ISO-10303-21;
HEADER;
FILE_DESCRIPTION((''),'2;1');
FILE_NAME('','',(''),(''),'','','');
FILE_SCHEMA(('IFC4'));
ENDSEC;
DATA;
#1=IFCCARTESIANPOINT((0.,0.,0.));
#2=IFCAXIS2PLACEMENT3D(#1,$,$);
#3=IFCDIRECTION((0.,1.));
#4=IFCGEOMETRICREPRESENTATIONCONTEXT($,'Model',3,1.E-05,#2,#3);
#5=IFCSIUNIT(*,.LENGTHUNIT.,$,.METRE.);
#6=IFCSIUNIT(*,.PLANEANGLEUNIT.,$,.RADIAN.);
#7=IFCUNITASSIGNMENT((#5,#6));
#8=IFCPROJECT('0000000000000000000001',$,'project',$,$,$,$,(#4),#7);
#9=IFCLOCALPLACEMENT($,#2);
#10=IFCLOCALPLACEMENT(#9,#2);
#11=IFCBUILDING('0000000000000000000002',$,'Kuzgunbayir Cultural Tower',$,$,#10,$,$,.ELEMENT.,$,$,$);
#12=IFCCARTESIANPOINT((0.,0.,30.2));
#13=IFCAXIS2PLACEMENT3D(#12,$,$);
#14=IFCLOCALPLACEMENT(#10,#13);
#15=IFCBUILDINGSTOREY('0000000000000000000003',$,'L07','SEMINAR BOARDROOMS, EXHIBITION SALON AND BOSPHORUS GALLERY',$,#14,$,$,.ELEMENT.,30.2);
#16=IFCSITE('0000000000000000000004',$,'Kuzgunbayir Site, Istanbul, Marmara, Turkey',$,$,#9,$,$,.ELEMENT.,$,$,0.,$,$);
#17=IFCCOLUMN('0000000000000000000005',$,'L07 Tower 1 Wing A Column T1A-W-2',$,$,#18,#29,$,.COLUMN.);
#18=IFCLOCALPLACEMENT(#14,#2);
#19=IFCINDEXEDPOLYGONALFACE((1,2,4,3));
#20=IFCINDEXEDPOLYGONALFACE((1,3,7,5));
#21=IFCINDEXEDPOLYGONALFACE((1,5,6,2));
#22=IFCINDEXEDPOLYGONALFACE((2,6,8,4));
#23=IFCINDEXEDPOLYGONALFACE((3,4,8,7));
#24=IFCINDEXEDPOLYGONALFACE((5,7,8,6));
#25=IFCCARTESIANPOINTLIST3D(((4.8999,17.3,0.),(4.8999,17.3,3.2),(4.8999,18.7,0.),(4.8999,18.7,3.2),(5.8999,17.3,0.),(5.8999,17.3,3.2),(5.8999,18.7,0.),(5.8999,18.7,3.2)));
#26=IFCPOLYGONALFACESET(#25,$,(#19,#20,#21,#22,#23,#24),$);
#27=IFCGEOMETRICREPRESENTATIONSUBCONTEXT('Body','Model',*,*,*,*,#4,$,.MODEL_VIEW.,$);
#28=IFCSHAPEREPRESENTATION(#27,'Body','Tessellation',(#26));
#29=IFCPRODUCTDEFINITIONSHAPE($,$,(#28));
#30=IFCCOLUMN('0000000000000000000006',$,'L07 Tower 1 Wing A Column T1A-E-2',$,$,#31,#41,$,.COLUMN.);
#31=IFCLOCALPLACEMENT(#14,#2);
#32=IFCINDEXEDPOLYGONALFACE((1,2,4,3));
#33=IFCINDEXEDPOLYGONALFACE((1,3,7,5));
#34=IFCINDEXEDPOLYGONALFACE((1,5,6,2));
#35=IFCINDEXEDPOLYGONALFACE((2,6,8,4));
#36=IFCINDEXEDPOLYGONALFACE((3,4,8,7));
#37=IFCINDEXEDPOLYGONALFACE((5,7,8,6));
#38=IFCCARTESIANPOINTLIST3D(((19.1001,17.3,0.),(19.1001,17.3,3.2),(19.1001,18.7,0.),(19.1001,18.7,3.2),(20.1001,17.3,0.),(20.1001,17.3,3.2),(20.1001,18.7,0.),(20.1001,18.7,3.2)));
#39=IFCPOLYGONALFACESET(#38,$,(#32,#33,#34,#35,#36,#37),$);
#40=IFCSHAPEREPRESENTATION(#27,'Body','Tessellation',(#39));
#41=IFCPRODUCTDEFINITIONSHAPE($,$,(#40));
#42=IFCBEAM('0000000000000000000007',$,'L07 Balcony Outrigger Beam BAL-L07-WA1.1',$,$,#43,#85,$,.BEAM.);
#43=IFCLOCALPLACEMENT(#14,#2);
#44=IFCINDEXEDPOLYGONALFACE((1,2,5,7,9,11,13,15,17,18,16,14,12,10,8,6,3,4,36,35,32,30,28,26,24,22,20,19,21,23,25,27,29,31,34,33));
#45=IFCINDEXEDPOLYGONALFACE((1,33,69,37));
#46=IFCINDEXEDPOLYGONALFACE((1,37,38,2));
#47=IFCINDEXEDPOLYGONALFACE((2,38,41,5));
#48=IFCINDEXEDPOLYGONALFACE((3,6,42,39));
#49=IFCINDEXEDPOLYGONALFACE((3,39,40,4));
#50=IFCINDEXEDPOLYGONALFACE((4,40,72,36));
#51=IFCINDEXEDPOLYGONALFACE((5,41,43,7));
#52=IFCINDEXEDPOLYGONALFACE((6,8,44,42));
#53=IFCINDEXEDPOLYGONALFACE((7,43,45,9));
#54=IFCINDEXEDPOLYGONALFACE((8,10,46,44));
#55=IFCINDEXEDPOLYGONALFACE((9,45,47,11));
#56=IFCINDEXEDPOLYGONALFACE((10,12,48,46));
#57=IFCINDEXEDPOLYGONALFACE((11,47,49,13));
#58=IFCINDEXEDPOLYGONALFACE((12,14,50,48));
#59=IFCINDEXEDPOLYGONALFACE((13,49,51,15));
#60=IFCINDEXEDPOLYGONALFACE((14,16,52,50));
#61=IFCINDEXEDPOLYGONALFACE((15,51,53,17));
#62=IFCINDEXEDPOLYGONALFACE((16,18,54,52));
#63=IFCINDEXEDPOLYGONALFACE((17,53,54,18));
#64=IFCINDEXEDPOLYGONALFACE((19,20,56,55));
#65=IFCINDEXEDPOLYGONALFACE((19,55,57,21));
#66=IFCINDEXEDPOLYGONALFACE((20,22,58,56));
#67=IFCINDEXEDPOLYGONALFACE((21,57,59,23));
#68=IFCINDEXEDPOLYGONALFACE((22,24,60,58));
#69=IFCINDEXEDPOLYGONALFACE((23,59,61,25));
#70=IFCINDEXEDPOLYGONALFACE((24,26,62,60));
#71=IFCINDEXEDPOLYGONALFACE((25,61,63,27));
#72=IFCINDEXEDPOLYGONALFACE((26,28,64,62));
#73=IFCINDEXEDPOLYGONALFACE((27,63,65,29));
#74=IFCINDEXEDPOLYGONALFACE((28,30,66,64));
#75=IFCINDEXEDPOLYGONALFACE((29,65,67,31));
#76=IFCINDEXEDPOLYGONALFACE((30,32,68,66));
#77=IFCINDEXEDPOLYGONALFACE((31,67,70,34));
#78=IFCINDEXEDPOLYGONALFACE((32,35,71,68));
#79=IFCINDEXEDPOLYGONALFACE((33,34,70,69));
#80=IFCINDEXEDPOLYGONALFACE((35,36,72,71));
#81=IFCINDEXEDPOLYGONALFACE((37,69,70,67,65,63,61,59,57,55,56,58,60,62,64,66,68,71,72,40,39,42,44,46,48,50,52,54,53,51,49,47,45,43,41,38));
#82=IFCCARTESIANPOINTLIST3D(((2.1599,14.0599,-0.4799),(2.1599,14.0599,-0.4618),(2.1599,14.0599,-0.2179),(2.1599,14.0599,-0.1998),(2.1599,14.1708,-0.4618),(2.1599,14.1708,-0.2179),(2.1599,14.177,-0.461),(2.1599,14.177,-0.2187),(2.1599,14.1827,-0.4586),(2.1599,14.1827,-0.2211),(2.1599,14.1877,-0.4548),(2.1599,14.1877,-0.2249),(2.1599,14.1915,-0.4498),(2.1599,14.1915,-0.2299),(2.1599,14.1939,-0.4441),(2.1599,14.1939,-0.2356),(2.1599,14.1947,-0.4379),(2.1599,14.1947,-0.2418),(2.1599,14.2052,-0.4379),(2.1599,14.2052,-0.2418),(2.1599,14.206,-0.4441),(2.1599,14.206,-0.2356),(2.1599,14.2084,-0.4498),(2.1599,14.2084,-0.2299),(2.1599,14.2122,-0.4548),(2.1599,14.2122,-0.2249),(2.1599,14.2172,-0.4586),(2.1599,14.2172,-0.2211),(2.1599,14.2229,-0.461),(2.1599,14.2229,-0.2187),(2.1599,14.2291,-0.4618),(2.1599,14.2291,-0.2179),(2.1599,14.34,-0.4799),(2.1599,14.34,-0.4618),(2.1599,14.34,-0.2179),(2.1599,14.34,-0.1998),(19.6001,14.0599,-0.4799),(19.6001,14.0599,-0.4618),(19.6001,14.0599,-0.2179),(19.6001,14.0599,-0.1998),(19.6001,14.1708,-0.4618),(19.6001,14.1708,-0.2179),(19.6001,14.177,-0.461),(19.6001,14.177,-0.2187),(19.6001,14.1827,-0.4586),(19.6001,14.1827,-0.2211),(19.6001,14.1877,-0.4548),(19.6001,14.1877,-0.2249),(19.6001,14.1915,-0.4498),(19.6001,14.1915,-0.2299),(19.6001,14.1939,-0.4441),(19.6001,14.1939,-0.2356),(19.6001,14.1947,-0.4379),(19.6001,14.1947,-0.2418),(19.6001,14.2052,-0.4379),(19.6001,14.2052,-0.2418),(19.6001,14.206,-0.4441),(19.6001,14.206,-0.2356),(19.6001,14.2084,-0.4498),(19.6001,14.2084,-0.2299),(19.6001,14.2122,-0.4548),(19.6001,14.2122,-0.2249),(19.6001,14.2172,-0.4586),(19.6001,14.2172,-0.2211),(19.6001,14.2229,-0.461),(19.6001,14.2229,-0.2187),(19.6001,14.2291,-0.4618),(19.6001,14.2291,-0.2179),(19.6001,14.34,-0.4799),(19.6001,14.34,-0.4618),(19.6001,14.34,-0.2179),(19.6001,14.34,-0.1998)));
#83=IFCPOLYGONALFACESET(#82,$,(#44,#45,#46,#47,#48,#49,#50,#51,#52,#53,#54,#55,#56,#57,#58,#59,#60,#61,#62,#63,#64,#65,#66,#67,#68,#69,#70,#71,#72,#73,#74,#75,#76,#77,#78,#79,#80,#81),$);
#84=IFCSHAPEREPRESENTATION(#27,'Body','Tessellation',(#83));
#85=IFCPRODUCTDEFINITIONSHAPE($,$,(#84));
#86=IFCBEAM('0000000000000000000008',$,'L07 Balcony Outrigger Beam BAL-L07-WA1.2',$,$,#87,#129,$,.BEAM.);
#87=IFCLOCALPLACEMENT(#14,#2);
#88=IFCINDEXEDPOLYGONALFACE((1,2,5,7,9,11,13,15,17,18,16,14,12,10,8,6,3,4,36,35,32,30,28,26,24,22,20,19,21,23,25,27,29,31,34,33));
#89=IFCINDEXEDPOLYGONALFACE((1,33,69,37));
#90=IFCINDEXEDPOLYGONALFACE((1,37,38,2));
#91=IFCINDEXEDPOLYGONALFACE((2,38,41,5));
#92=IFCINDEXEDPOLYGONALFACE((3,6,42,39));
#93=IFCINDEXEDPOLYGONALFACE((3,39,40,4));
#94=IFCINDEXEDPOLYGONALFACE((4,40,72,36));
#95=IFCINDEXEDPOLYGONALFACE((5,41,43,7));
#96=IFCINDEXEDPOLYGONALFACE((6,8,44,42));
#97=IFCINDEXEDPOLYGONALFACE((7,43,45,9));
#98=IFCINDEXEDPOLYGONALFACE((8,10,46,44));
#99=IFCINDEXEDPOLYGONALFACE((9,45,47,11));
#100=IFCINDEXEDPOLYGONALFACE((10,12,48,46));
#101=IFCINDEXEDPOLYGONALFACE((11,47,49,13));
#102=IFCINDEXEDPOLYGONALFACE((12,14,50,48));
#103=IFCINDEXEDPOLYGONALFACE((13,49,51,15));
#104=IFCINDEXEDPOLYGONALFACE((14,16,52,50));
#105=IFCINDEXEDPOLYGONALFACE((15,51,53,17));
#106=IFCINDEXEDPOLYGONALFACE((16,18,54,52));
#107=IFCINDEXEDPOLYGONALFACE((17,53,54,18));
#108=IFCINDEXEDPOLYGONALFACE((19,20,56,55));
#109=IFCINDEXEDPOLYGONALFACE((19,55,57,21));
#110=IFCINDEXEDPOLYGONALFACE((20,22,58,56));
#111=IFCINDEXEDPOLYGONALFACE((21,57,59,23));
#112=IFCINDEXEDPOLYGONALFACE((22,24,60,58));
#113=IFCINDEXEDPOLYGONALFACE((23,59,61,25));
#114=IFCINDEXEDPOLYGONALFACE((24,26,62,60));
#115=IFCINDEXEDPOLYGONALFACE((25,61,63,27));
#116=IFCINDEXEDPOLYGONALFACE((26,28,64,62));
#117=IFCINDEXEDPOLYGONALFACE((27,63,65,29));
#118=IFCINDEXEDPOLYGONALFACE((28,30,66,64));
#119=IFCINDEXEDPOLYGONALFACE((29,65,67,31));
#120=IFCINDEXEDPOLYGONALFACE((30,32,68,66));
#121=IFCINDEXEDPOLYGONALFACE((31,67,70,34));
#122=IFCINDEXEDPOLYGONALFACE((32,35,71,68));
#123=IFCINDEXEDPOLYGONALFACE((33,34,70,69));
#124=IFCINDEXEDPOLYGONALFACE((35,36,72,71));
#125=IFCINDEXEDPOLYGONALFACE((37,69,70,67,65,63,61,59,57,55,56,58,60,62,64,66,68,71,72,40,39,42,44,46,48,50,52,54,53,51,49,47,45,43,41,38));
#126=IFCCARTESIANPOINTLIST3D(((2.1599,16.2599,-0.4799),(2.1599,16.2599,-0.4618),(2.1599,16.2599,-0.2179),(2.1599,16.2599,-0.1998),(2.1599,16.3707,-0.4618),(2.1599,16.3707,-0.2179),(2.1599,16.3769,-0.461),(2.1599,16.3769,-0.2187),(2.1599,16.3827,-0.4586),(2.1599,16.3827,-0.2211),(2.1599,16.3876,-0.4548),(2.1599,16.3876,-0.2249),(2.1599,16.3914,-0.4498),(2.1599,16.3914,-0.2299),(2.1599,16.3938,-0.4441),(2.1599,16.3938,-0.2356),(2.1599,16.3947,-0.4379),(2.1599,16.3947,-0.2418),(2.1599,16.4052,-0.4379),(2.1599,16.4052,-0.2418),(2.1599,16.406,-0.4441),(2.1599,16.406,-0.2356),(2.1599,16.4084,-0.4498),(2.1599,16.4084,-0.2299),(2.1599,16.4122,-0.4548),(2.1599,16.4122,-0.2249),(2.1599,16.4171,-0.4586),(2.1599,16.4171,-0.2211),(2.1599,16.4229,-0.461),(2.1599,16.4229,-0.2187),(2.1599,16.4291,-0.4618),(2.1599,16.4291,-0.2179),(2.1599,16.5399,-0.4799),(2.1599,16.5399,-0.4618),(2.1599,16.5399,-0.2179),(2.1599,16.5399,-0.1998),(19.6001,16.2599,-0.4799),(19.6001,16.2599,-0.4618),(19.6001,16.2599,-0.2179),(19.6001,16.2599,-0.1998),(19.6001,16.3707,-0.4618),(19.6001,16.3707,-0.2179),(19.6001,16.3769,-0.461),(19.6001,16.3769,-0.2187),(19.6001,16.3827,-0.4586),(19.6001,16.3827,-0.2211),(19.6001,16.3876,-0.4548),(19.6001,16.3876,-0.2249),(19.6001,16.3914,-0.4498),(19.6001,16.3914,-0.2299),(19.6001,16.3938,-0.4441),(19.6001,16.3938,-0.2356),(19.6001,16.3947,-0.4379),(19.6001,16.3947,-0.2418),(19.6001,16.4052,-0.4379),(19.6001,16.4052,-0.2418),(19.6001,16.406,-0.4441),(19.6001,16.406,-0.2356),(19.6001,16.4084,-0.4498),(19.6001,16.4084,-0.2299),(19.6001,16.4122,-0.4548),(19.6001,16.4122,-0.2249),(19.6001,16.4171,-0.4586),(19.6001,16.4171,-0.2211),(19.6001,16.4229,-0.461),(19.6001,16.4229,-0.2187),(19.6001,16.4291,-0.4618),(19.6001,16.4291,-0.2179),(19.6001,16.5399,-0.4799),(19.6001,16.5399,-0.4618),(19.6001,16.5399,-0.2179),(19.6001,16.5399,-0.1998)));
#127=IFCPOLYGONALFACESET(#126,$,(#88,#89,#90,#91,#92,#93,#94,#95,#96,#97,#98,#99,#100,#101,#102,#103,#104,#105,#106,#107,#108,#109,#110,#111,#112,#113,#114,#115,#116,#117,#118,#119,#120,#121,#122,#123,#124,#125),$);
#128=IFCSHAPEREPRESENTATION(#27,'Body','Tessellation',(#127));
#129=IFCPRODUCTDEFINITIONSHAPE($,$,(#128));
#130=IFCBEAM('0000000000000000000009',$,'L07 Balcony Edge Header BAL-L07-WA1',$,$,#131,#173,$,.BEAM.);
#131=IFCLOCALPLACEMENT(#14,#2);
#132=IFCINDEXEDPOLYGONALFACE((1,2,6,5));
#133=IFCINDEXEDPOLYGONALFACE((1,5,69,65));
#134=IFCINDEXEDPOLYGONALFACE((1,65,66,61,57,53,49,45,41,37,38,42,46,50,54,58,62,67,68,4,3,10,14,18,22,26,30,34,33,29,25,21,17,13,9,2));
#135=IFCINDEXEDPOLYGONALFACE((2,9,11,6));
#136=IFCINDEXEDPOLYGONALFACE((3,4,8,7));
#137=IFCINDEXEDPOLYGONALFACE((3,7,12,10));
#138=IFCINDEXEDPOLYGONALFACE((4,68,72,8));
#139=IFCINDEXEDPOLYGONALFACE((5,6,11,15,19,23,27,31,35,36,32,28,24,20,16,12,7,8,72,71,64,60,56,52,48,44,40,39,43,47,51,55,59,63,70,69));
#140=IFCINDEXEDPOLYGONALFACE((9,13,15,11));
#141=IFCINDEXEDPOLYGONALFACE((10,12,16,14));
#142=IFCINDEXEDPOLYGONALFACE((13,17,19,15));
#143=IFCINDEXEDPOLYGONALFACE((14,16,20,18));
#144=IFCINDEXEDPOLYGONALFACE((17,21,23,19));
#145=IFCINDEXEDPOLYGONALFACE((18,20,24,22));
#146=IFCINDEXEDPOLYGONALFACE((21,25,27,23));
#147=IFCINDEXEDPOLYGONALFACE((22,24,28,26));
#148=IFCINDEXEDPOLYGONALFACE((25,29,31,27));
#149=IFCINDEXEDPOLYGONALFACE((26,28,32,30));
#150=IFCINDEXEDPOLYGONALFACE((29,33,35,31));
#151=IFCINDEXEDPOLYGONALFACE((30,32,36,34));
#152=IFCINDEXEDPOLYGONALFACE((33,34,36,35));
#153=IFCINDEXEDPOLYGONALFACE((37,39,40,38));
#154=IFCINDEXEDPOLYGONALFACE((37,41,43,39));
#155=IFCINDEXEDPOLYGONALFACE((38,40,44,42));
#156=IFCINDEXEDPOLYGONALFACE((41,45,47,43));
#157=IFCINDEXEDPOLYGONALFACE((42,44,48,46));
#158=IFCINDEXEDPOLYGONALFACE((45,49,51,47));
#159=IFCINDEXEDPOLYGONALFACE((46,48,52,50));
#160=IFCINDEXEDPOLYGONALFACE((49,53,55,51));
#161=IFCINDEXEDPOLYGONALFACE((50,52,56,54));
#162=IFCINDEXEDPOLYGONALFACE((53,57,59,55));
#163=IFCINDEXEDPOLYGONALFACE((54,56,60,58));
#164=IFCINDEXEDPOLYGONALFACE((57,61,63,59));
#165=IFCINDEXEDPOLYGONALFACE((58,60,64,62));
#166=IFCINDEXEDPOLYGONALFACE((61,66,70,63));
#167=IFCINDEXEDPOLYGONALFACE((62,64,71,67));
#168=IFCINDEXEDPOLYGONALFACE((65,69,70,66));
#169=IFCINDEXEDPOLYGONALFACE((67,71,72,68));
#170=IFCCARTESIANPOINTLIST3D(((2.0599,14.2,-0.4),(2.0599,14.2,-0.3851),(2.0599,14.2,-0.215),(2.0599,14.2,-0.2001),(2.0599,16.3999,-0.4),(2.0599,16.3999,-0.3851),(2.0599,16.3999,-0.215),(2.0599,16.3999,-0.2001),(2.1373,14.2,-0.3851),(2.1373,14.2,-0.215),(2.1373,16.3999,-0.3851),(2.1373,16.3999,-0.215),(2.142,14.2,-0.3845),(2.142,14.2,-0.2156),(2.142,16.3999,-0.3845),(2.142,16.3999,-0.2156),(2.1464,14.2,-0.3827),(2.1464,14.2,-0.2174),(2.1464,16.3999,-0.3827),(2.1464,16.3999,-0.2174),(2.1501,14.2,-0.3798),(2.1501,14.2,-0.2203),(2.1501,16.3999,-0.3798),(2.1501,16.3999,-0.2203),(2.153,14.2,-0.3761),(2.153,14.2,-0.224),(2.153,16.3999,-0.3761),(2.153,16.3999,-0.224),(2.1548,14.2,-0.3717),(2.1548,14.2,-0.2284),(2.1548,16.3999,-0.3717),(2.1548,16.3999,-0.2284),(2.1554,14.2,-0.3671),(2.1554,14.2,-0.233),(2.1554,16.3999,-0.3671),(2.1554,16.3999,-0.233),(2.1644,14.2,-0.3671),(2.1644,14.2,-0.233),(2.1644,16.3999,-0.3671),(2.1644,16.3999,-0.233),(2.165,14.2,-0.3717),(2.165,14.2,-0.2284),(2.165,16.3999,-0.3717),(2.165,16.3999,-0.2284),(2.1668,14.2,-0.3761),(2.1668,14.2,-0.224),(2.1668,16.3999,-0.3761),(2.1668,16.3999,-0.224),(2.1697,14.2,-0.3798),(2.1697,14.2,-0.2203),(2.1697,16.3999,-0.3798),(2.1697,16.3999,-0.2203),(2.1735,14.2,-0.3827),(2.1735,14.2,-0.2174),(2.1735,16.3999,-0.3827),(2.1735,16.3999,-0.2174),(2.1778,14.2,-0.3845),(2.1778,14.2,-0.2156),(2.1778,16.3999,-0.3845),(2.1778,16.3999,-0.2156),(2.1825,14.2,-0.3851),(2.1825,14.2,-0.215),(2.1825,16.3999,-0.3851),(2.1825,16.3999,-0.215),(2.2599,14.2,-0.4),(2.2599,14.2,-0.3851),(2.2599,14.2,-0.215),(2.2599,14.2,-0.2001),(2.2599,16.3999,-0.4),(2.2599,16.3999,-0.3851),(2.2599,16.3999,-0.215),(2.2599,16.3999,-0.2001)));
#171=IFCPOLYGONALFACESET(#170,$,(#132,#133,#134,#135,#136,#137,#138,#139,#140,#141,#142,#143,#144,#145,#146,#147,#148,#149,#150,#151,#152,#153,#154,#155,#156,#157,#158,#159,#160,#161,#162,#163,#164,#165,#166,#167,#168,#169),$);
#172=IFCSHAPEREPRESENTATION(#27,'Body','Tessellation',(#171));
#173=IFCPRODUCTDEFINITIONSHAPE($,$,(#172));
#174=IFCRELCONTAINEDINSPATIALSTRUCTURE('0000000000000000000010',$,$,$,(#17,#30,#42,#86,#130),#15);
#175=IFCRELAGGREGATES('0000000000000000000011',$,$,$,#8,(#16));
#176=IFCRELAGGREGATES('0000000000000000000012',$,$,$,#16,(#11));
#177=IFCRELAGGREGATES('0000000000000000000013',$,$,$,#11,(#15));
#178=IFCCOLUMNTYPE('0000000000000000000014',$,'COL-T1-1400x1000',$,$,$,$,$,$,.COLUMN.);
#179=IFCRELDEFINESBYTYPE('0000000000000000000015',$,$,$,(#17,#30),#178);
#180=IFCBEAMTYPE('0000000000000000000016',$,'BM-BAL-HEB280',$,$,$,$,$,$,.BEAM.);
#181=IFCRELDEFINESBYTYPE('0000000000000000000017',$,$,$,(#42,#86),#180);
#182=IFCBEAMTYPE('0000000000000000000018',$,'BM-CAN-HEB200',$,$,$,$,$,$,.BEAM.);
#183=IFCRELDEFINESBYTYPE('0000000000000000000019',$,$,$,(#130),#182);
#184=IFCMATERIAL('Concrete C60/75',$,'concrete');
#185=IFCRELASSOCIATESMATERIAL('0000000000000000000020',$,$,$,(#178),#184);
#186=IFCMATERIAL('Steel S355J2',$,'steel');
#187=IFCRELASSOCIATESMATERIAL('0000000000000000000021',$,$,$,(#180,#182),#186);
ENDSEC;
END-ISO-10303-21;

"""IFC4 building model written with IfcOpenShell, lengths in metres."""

from ifc_helpers import new_model, si_unit, direction, frame, origin, origin_2d, place, context, subcontext, project, spatial, rectangle, i_section, extrude, material, material_profile, profile_set, type_object, element, save


model = new_model("IFC4")

# Units and contexts
model_context = context("Model", 3, precision=1e-05, world=origin(), true_north=direction((0.0, 1.0)))
body_context = subcontext(model_context, "Body", "Model", "MODEL_VIEW")
ifc_project = project(units=[si_unit("LENGTHUNIT", "METRE"), si_unit("PLANEANGLEUNIT", "RADIAN")], contexts=[model_context])

# Site, building, storey
site_placement = place(None, origin())
site = spatial("IfcSite", under=ifc_project, at=site_placement, Name="Kuzgunbayir Site, Istanbul, Marmara, Turkey", CompositionType="ELEMENT", RefElevation=0.0)
building_placement = place(site_placement, origin())
building = spatial("IfcBuilding", under=site, at=building_placement, Name="Kuzgunbayir Cultural Tower", CompositionType="ELEMENT")
storey_placement = place(building_placement, frame((0.0, 0.0, 30.2)))
storey = spatial("IfcBuildingStorey", under=building, at=storey_placement, Name="L07", Description="SEMINAR BOARDROOMS, EXHIBITION SALON AND BOSPHORUS GALLERY", CompositionType="ELEMENT", Elevation=30.2)

# Columns
ifc_material_1 = material(Name="Concrete C60/75", Category="concrete")
ifc_material_profile_1 = material_profile(ifc_material_1, rectangle(XDim=1.0, YDim=1.3999, at=origin_2d()), Name="RC 1400x1000")
ifc_profile_set_1 = profile_set([ifc_material_profile_1], Name="Concrete C60/75")
column_type = type_object("IfcColumnType", Name="COL-T1-1400x1000", PredefinedType="COLUMN", material=ifc_profile_set_1)
for number, where, z_axis, x_axis, name in (
    (1, (5.3999, 18.0, 0.0), (0.0, 0.0, 1.0), (1.0, 0.0, 0.0), "L07 Tower 1 Wing A Column T1A-W-2"),
    (2, (19.6001, 18.0, 0.0), (0.0, 0.0, 1.0), (1.0, 0.0, 0.0), "L07 Tower 1 Wing A Column T1A-E-2"),
):
    element("IfcColumn", number, at=place(storey_placement, frame(where, z_axis=z_axis, x_axis=x_axis)), inside=storey, type_object=column_type, Name=name, PredefinedType="COLUMN", context=body_context, shape_type="SweptSolid", body=[
        extrude(rectangle(XDim=1.0, YDim=1.3999, at=origin_2d()), origin(), (0.0, 0.0, 1.0), 3.2),
    ])

# Beams
ifc_material_2 = material(Name="Steel S355J2", Category="steel")
ifc_material_profile_2 = material_profile(ifc_material_2, i_section(OverallWidth=0.28, OverallDepth=0.28, WebThickness=0.0105, FlangeThickness=0.0181, FilletRadius=0.0239, at=origin_2d()), Name="HEB 280")
ifc_profile_set_2 = profile_set([ifc_material_profile_2], Name="Steel S355J2")
beam_type_1 = type_object("IfcBeamType", Name="BM-BAL-HEB280", PredefinedType="BEAM", material=ifc_profile_set_2)
for number, where, z_axis, x_axis, name in (
    (3, (2.1599, 14.2, -0.3398), (1.0, 0.0, 0.0), (0.0, 1.0, 0.0), "L07 Balcony Outrigger Beam BAL-L07-WA1.1"),
    (4, (2.1599, 16.3999, -0.3398), (1.0, 0.0, 0.0), (0.0, 1.0, 0.0), "L07 Balcony Outrigger Beam BAL-L07-WA1.2"),
):
    element("IfcBeam", number, at=place(storey_placement, frame(where, z_axis=z_axis, x_axis=x_axis)), inside=storey, type_object=beam_type_1, Name=name, PredefinedType="BEAM", context=body_context, shape_type="SweptSolid", body=[
        extrude(i_section(OverallWidth=0.28, OverallDepth=0.28, WebThickness=0.0105, FlangeThickness=0.0181, FilletRadius=0.0239, at=origin_2d()), origin(), (0.0, 0.0, 1.0), 17.4402),
    ])
ifc_material_profile_3 = material_profile(ifc_material_2, i_section(OverallWidth=0.2, OverallDepth=0.2, WebThickness=0.009, FlangeThickness=0.0149, FilletRadius=0.0181, at=origin_2d()), Name="HEB 200")
ifc_profile_set_3 = profile_set([ifc_material_profile_3], Name="Steel S355J2")
beam_type_2 = type_object("IfcBeamType", Name="BM-CAN-HEB200", PredefinedType="BEAM", material=ifc_profile_set_3)
beam_1_placement = place(storey_placement, frame((2.1599, 14.2, -0.3), z_axis=(0.0, 1.0, 0.0), x_axis=(-1.0, 0.0, 0.0)))
element("IfcBeam", 5, at=beam_1_placement, inside=storey, type_object=beam_type_2, Name="L07 Balcony Edge Header BAL-L07-WA1", PredefinedType="BEAM", context=body_context, shape_type="SweptSolid", body=[
    extrude(i_section(OverallWidth=0.2, OverallDepth=0.2, WebThickness=0.009, FlangeThickness=0.0149, FilletRadius=0.0181, at=origin_2d()), origin(), (0.0, 0.0, 1.0), 2.2),
])

save(model, "model.ifc")
